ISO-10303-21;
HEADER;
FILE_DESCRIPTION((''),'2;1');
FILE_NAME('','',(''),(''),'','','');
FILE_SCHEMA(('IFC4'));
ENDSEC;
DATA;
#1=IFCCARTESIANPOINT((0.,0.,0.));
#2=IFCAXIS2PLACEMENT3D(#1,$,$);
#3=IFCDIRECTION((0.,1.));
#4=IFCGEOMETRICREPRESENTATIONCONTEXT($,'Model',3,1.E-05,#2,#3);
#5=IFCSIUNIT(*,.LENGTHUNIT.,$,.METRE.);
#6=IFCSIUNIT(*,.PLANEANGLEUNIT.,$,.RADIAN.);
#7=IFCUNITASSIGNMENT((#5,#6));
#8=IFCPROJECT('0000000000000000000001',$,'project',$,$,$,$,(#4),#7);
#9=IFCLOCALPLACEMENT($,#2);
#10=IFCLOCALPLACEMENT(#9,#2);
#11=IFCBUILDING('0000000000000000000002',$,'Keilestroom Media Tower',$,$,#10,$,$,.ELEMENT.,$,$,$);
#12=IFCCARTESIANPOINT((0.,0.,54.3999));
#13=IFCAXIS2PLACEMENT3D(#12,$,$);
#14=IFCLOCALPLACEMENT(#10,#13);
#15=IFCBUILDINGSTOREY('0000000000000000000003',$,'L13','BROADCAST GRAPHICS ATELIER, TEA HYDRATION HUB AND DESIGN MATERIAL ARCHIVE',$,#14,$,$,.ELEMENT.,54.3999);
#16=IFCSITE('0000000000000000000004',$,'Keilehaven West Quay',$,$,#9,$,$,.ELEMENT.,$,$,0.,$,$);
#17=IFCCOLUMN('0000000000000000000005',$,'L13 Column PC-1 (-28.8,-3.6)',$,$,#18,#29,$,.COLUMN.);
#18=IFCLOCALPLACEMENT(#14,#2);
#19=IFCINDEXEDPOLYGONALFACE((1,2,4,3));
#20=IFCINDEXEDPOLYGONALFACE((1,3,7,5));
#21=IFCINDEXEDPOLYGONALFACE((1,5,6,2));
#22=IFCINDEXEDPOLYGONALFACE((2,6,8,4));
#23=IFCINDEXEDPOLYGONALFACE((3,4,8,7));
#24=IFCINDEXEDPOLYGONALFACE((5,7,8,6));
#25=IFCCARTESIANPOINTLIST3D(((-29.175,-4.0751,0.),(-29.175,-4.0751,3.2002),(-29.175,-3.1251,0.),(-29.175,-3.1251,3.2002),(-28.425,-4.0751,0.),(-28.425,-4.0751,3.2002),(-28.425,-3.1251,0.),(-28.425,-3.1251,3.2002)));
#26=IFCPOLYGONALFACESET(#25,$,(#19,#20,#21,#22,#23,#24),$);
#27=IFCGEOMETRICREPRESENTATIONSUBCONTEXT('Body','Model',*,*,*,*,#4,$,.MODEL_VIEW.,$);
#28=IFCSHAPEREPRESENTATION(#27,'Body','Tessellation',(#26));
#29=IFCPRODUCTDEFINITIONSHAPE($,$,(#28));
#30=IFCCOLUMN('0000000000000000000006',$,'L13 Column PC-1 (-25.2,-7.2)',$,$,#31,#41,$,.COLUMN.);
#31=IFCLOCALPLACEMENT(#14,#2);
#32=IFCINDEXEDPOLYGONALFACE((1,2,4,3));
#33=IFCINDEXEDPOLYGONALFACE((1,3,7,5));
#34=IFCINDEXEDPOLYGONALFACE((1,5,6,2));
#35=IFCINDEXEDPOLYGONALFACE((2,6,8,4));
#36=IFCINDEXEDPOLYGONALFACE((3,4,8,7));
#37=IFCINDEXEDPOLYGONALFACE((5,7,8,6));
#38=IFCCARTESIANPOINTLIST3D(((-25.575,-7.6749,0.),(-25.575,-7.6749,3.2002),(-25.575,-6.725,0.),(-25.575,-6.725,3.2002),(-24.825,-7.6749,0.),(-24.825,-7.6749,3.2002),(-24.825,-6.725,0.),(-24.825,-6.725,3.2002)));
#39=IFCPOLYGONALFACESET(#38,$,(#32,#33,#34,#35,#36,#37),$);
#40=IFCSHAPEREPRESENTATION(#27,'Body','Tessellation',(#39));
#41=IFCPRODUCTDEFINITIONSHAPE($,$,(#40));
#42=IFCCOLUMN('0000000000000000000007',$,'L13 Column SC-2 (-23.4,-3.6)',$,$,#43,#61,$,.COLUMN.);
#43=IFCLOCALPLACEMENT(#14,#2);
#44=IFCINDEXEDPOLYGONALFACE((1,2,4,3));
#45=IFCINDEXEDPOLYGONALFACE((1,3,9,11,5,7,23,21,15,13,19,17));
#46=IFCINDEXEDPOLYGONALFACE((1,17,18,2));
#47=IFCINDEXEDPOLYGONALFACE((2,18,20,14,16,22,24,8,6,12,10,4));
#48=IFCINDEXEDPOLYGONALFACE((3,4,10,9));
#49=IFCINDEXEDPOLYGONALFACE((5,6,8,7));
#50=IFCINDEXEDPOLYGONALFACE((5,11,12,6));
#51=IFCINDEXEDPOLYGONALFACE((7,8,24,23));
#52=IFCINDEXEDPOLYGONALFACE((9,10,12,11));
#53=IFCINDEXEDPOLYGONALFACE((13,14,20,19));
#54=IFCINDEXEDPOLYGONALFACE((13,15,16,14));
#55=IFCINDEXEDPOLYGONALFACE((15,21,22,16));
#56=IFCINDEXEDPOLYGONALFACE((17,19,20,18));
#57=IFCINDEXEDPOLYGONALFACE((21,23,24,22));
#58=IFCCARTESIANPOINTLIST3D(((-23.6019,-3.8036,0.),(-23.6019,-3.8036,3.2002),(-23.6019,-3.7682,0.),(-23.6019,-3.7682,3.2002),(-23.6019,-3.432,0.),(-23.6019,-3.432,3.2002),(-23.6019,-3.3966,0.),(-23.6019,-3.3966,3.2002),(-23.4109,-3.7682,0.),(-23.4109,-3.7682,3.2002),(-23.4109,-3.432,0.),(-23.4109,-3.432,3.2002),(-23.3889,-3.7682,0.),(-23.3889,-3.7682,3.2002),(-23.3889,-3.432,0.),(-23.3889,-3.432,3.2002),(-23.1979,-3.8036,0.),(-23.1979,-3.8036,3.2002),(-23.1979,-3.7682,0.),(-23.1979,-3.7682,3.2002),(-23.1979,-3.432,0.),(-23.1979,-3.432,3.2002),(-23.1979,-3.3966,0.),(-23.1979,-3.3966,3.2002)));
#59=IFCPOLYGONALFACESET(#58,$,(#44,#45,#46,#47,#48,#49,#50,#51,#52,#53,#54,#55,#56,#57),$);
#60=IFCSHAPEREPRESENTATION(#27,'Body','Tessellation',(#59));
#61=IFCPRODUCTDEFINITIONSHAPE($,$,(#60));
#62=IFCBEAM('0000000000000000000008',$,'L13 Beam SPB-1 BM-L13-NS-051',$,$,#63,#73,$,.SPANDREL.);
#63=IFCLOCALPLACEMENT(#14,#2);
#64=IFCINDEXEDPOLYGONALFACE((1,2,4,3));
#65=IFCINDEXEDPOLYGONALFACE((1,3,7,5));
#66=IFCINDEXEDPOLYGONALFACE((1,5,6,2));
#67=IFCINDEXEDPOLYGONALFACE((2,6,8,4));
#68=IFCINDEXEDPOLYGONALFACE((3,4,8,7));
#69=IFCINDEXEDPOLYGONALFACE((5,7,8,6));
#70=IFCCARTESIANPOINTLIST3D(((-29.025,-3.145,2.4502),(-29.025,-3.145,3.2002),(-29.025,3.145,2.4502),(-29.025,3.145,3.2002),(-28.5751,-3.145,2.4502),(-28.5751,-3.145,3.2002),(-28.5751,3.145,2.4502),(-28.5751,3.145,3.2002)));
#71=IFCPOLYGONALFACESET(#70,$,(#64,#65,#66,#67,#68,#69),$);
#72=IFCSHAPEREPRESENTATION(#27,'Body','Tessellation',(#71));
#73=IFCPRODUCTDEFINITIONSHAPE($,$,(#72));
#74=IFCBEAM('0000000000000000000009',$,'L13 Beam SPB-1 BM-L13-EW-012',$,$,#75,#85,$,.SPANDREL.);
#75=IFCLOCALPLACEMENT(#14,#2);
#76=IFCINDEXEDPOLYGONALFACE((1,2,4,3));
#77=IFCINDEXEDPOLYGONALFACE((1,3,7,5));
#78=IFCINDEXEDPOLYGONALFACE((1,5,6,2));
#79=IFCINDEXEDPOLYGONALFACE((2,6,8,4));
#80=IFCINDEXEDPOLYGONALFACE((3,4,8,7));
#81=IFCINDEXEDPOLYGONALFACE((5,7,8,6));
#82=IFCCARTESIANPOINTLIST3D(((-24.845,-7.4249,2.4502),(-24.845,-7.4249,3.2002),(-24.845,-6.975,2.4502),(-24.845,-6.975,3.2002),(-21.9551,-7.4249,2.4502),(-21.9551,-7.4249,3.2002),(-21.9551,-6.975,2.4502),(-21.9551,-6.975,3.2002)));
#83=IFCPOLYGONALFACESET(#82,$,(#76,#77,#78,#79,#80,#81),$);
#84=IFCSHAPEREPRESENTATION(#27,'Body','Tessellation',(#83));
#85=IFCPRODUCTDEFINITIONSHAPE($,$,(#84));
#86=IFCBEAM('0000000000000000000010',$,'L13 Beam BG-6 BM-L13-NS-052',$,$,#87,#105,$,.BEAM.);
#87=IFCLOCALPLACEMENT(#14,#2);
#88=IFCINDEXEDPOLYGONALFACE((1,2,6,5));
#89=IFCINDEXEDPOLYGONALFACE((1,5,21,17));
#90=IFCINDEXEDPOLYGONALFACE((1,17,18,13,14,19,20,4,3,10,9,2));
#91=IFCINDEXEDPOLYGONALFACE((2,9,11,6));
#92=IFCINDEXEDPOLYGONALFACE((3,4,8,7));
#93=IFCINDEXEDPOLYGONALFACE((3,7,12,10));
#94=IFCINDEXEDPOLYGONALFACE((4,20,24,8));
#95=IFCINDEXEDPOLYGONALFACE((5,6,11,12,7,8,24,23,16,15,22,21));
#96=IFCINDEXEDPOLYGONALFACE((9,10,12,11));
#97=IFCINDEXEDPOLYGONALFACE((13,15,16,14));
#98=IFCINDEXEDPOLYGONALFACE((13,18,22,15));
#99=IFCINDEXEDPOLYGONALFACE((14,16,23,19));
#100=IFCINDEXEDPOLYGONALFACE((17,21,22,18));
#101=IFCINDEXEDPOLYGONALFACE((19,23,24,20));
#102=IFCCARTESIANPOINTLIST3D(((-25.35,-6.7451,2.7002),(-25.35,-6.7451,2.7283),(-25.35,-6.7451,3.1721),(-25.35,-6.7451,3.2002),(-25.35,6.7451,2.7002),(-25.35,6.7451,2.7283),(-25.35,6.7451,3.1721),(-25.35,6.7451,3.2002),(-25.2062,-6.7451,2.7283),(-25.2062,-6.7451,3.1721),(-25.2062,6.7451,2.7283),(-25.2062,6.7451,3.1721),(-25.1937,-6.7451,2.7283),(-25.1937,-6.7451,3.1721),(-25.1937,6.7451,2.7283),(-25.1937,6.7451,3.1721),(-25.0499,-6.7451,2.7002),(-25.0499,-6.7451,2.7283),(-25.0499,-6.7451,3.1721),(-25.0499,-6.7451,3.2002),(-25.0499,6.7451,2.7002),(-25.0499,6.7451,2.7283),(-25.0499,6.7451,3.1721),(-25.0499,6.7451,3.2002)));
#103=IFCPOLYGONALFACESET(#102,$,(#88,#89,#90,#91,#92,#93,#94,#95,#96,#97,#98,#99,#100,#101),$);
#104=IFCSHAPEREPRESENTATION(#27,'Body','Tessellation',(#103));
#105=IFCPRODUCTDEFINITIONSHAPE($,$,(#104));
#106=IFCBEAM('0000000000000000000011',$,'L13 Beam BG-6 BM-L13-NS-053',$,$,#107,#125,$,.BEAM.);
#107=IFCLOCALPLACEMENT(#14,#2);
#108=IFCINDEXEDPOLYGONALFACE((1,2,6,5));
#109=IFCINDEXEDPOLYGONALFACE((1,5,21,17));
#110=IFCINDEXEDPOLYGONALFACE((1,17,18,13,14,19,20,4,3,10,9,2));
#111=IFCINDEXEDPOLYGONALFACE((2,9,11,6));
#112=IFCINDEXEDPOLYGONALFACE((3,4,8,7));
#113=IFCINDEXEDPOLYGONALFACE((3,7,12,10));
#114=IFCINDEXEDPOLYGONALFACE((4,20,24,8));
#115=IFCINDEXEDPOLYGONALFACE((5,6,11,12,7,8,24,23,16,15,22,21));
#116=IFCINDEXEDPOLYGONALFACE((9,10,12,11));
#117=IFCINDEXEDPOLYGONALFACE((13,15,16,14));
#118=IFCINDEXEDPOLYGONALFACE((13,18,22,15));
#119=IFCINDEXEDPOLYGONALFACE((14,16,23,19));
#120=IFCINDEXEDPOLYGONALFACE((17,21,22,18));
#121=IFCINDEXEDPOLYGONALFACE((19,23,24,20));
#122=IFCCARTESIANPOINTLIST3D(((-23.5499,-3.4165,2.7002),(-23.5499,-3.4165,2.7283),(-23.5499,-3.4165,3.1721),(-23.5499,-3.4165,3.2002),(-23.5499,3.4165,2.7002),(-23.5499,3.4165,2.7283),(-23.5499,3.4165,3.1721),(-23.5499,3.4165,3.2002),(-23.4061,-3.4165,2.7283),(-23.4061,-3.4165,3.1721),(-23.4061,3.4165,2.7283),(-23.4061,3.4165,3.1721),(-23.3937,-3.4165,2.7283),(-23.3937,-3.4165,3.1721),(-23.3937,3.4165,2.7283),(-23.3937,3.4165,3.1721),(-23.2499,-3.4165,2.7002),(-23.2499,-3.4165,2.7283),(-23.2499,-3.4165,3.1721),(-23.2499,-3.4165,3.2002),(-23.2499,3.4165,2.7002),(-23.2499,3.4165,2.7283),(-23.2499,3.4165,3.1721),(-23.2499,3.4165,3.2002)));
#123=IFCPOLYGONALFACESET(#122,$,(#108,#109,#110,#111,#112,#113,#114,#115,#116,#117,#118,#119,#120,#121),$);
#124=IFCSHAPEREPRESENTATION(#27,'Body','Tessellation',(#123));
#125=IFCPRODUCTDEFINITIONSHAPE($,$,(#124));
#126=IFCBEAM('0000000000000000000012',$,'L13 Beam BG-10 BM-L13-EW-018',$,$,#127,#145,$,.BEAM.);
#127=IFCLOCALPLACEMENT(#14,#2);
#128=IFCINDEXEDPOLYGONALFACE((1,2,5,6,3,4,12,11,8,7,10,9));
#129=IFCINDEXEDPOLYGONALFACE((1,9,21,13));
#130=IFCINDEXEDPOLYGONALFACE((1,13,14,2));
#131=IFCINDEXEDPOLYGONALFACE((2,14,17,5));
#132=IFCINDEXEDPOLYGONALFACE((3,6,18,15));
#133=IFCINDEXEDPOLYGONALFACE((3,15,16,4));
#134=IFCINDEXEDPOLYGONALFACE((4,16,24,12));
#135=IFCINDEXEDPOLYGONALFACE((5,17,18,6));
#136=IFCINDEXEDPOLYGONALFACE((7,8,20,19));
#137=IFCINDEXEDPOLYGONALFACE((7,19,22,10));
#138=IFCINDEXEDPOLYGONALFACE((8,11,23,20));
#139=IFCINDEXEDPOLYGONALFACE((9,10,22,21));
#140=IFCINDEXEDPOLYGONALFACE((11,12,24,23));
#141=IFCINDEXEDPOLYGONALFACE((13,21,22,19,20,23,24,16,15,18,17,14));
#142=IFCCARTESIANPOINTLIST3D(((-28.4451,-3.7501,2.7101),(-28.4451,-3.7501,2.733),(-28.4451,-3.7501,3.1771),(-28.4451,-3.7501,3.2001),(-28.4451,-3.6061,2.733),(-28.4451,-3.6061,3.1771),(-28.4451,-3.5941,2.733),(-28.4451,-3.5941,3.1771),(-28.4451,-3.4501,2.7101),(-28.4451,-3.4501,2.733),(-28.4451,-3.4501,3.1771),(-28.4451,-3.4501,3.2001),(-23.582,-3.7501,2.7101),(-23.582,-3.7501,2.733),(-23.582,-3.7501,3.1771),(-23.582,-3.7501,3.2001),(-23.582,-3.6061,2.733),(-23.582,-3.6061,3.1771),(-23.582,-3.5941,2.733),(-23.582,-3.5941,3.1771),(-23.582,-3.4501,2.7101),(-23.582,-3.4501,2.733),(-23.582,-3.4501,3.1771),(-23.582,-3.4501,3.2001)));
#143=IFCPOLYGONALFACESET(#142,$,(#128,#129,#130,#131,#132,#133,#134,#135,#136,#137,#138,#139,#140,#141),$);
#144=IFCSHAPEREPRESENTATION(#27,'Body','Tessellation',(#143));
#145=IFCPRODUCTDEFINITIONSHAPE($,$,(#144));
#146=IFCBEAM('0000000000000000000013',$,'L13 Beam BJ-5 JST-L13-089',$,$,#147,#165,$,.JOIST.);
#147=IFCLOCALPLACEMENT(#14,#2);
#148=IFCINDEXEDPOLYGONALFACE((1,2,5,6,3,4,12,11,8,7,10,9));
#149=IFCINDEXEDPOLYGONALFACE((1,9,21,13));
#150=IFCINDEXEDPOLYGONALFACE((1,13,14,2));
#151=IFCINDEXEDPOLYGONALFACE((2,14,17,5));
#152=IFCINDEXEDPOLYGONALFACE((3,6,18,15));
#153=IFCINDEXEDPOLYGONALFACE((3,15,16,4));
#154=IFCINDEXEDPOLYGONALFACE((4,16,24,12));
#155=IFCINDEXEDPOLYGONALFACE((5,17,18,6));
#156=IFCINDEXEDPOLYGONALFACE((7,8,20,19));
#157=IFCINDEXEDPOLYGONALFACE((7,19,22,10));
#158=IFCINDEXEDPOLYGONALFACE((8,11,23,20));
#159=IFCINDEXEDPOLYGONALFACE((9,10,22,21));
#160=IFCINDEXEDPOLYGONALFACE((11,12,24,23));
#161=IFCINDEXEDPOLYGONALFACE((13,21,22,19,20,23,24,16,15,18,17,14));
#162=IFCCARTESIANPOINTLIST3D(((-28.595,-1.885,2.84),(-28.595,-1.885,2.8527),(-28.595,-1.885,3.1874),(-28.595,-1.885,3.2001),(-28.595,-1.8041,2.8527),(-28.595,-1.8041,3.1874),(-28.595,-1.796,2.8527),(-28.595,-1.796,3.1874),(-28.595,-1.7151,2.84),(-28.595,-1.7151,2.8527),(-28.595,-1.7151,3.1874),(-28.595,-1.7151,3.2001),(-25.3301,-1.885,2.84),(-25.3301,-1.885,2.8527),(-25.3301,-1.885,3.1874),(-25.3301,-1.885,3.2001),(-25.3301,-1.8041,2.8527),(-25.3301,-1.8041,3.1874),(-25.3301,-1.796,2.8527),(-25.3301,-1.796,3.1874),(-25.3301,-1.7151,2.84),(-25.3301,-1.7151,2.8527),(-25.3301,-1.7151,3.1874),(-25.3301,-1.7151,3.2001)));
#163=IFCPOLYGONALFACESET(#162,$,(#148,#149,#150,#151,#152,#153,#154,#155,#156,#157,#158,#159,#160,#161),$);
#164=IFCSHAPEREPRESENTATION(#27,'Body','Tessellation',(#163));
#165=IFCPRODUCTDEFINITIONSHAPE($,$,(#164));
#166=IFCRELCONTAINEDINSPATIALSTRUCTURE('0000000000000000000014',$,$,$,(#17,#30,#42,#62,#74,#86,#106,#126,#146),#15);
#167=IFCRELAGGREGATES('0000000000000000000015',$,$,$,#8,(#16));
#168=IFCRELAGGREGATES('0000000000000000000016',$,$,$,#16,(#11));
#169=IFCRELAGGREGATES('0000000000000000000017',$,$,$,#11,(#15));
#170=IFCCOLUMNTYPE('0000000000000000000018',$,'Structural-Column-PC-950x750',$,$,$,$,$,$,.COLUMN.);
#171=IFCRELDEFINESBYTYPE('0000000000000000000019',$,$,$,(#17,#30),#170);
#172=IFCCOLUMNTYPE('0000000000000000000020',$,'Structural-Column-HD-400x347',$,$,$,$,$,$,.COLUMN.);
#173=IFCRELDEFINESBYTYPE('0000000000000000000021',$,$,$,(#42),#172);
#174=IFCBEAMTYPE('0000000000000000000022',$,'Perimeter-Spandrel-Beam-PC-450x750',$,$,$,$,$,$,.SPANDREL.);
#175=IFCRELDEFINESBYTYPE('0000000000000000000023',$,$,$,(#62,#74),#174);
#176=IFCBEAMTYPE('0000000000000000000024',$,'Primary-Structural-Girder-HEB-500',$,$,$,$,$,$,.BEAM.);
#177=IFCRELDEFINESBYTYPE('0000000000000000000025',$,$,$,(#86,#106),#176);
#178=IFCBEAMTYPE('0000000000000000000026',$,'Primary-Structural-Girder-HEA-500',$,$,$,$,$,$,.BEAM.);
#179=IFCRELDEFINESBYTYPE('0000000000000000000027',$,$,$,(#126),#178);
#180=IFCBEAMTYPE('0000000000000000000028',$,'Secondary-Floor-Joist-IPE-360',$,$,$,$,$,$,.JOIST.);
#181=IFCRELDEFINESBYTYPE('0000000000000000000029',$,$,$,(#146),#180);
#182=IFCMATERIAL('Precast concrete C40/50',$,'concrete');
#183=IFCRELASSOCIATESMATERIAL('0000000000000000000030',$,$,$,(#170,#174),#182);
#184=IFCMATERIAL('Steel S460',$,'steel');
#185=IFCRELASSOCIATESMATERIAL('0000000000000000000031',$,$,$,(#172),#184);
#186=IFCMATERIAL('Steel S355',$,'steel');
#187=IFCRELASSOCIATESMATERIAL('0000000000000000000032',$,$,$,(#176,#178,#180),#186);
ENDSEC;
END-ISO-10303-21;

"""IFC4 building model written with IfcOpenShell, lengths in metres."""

from ifc_helpers import new_model, si_unit, direction, frame, origin, origin_2d, place, context, subcontext, project, spatial, rectangle, i_section, extrude, source, transform, mapped, material, material_profile, profile_set, type_object, element, save


model = new_model("IFC4")

# Units and contexts
model_context = context("Model", 3, precision=1e-05, world=origin(), true_north=direction((0.0, 1.0)))
body_context = subcontext(model_context, "Body", "Model", "MODEL_VIEW")
ifc_project = project(units=[si_unit("LENGTHUNIT", "METRE"), si_unit("PLANEANGLEUNIT", "RADIAN")], contexts=[model_context])

# Site, building, storey
site_placement = place(None, origin())
site = spatial("IfcSite", under=ifc_project, at=site_placement, Name="Keilehaven West Quay", CompositionType="ELEMENT", RefElevation=0.0)
building_placement = place(site_placement, origin())
building = spatial("IfcBuilding", under=site, at=building_placement, Name="Keilestroom Media Tower", CompositionType="ELEMENT")
storey_placement = place(building_placement, frame((0.0, 0.0, 54.3999)))
storey = spatial("IfcBuildingStorey", under=building, at=storey_placement, Name="L13", Description="BROADCAST GRAPHICS ATELIER, TEA HYDRATION HUB AND DESIGN MATERIAL ARCHIVE", CompositionType="ELEMENT", Elevation=54.3999)

# Columns
ifc_material_1 = material(Name="Precast concrete C40/50", Category="concrete")
ifc_material_profile_1 = material_profile(ifc_material_1, rectangle(XDim=0.75, YDim=0.95, at=origin_2d()), Name="PC 950x750")
ifc_profile_set_1 = profile_set([ifc_material_profile_1], Name="Precast concrete C40/50")
column_type_1 = type_object("IfcColumnType", Name="Structural-Column-PC-950x750", PredefinedType="COLUMN", material=ifc_profile_set_1)
shared_shape_1 = source(origin(), body_context, "Body", "SweptSolid", [
    extrude(rectangle(XDim=0.75, YDim=0.95, at=origin_2d()), origin(), (0.0, 0.0, 1.0), 3.2002),
])
for number, where, z_axis, x_axis, name in (
    (1, (-28.8, -3.6001, 0.0), (0.0, 0.0, 1.0), (1.0, 0.0, 0.0), "L13 Column PC-1 (-28.8,-3.6)"),
    (2, (-25.2, -7.2, 0.0), (0.0, 0.0, 1.0), (1.0, 0.0, 0.0), "L13 Column PC-1 (-25.2,-7.2)"),
):
    element("IfcColumn", number, at=place(storey_placement, frame(where, z_axis=z_axis, x_axis=x_axis)), inside=storey, type_object=column_type_1, Name=name, PredefinedType="COLUMN", context=body_context, shape_type="MappedRepresentation", body=[
        mapped(shared_shape_1, transform((0.0, 0.0, 0.0), x_axis=(1.0, 0.0, 0.0), y_axis=(0.0, 1.0, 0.0), z_axis=(0.0, 0.0, 1.0), scale=1.0)),
    ])
ifc_material_2 = material(Name="Steel S460", Category="steel")
ifc_material_profile_2 = material_profile(ifc_material_2, i_section(OverallWidth=0.4041, OverallDepth=0.407, WebThickness=0.022, FlangeThickness=0.0354, at=origin_2d()), Name="HD 400x347")
ifc_profile_set_2 = profile_set([ifc_material_profile_2], Name="Steel S460")
column_type_2 = type_object("IfcColumnType", Name="Structural-Column-HD-400x347", PredefinedType="COLUMN", material=ifc_profile_set_2)
shared_shape_2 = source(origin(), body_context, "Body", "SweptSolid", [
    extrude(i_section(OverallWidth=0.4041, OverallDepth=0.407, WebThickness=0.022, FlangeThickness=0.0354, at=origin_2d()), origin(), (0.0, 0.0, 1.0), 3.2002),
])
column_placement = place(storey_placement, frame((-23.3999, -3.6001, 0.0), z_axis=(0.0, 0.0, 1.0), x_axis=(1.0, 0.0, 0.0)))
element("IfcColumn", 3, at=column_placement, inside=storey, type_object=column_type_2, Name="L13 Column SC-2 (-23.4,-3.6)", PredefinedType="COLUMN", context=body_context, shape_type="MappedRepresentation", body=[
    mapped(shared_shape_2, transform((0.0, 0.0, 0.0), x_axis=(1.0, 0.0, 0.0), y_axis=(0.0, 1.0, 0.0), z_axis=(0.0, 0.0, 1.0), scale=1.0)),
])

# Beams
ifc_material_profile_3 = material_profile(ifc_material_1, rectangle(XDim=0.45, YDim=0.75, at=origin_2d()), Name="PC 450x750")
ifc_profile_set_3 = profile_set([ifc_material_profile_3], Name="Precast concrete C40/50")
beam_type_1 = type_object("IfcBeamType", Name="Perimeter-Spandrel-Beam-PC-450x750", PredefinedType="SPANDREL", material=ifc_profile_set_3)
shared_shape_3 = source(origin(), body_context, "Body", "SweptSolid", [
    extrude(rectangle(XDim=0.45, YDim=0.75, at=origin_2d()), origin(), (0.0, 0.0, 1.0), 6.29),
])
beam_1_placement = place(storey_placement, frame((-28.8, -3.145, 2.8252), z_axis=(0.0, 1.0, 0.0), x_axis=(-1.0, 0.0, 0.0)))
element("IfcBeam", 4, at=beam_1_placement, inside=storey, type_object=beam_type_1, Name="L13 Beam SPB-1 BM-L13-NS-051", PredefinedType="SPANDREL", context=body_context, shape_type="MappedRepresentation", body=[
    mapped(shared_shape_3, transform((0.0, 0.0, 0.0), x_axis=(1.0, 0.0, 0.0), y_axis=(0.0, 1.0, 0.0), z_axis=(0.0, 0.0, 1.0), scale=1.0)),
])
shared_shape_4 = source(origin(), body_context, "Body", "SweptSolid", [
    extrude(rectangle(XDim=0.45, YDim=0.75, at=origin_2d()), origin(), (0.0, 0.0, 1.0), 2.8899),
])
beam_2_placement = place(storey_placement, frame((-24.845, -7.2, 2.8252), z_axis=(1.0, 0.0, 0.0), x_axis=(0.0, 1.0, 0.0)))
element("IfcBeam", 5, at=beam_2_placement, inside=storey, type_object=beam_type_1, Name="L13 Beam SPB-1 BM-L13-EW-012", PredefinedType="SPANDREL", context=body_context, shape_type="MappedRepresentation", body=[
    mapped(shared_shape_4, transform((0.0, 0.0, 0.0), x_axis=(1.0, 0.0, 0.0), y_axis=(0.0, 1.0, 0.0), z_axis=(0.0, 0.0, 1.0), scale=1.0)),
])
ifc_material_3 = material(Name="Steel S355", Category="steel")
ifc_material_profile_4 = material_profile(ifc_material_3, i_section(OverallWidth=0.3, OverallDepth=0.5, WebThickness=0.0125, FlangeThickness=0.0281, at=origin_2d()), Name="HEB 500")
ifc_profile_set_4 = profile_set([ifc_material_profile_4], Name="Steel S355")
beam_type_2 = type_object("IfcBeamType", Name="Primary-Structural-Girder-HEB-500", PredefinedType="BEAM", material=ifc_profile_set_4)
shared_shape_5 = source(origin(), body_context, "Body", "SweptSolid", [
    extrude(i_section(OverallWidth=0.3, OverallDepth=0.5, WebThickness=0.0125, FlangeThickness=0.0281, at=origin_2d()), origin(), (0.0, 0.0, 1.0), 13.4902),
])
beam_3_placement = place(storey_placement, frame((-25.2, -6.7451, 2.9502), z_axis=(0.0, 1.0, 0.0), x_axis=(-1.0, 0.0, 0.0)))
element("IfcBeam", 6, at=beam_3_placement, inside=storey, type_object=beam_type_2, Name="L13 Beam BG-6 BM-L13-NS-052", PredefinedType="BEAM", context=body_context, shape_type="MappedRepresentation", body=[
    mapped(shared_shape_5, transform((0.0, 0.0, 0.0), x_axis=(1.0, 0.0, 0.0), y_axis=(0.0, 1.0, 0.0), z_axis=(0.0, 0.0, 1.0), scale=1.0)),
])
shared_shape_6 = source(origin(), body_context, "Body", "SweptSolid", [
    extrude(i_section(OverallWidth=0.3, OverallDepth=0.5, WebThickness=0.0125, FlangeThickness=0.0281, at=origin_2d()), origin(), (0.0, 0.0, 1.0), 6.833),
])
beam_4_placement = place(storey_placement, frame((-23.3999, -3.4165, 2.9502), z_axis=(0.0, 1.0, 0.0), x_axis=(-1.0, 0.0, 0.0)))
element("IfcBeam", 7, at=beam_4_placement, inside=storey, type_object=beam_type_2, Name="L13 Beam BG-6 BM-L13-NS-053", PredefinedType="BEAM", context=body_context, shape_type="MappedRepresentation", body=[
    mapped(shared_shape_6, transform((0.0, 0.0, 0.0), x_axis=(1.0, 0.0, 0.0), y_axis=(0.0, 1.0, 0.0), z_axis=(0.0, 0.0, 1.0), scale=1.0)),
])
ifc_material_profile_5 = material_profile(ifc_material_3, i_section(OverallWidth=0.3, OverallDepth=0.49, WebThickness=0.012, FlangeThickness=0.0229, at=origin_2d()), Name="HEA 500")
ifc_profile_set_5 = profile_set([ifc_material_profile_5], Name="Steel S355")
beam_type_3 = type_object("IfcBeamType", Name="Primary-Structural-Girder-HEA-500", PredefinedType="BEAM", material=ifc_profile_set_5)
shared_shape_7 = source(origin(), body_context, "Body", "SweptSolid", [
    extrude(i_section(OverallWidth=0.3, OverallDepth=0.49, WebThickness=0.012, FlangeThickness=0.0229, at=origin_2d()), origin(), (0.0, 0.0, 1.0), 4.863),
])
beam_5_placement = place(storey_placement, frame((-28.4451, -3.6001, 2.9551), z_axis=(1.0, 0.0, 0.0), x_axis=(0.0, 1.0, 0.0)))
element("IfcBeam", 8, at=beam_5_placement, inside=storey, type_object=beam_type_3, Name="L13 Beam BG-10 BM-L13-EW-018", PredefinedType="BEAM", context=body_context, shape_type="MappedRepresentation", body=[
    mapped(shared_shape_7, transform((0.0, 0.0, 0.0), x_axis=(1.0, 0.0, 0.0), y_axis=(0.0, 1.0, 0.0), z_axis=(0.0, 0.0, 1.0), scale=1.0)),
])
ifc_material_profile_6 = material_profile(ifc_material_3, i_section(OverallWidth=0.1699, OverallDepth=0.3601, WebThickness=0.0081, FlangeThickness=0.0127, at=origin_2d()), Name="IPE 360")
ifc_profile_set_6 = profile_set([ifc_material_profile_6], Name="Steel S355")
beam_type_4 = type_object("IfcBeamType", Name="Secondary-Floor-Joist-IPE-360", PredefinedType="JOIST", material=ifc_profile_set_6)
shared_shape_8 = source(origin(), body_context, "Body", "SweptSolid", [
    extrude(i_section(OverallWidth=0.1699, OverallDepth=0.3601, WebThickness=0.0081, FlangeThickness=0.0127, at=origin_2d()), origin(), (0.0, 0.0, 1.0), 3.2649),
])
beam_6_placement = place(storey_placement, frame((-28.595, -1.8, 3.02), z_axis=(1.0, 0.0, 0.0), x_axis=(0.0, 1.0, 0.0)))
element("IfcBeam", 9, at=beam_6_placement, inside=storey, type_object=beam_type_4, Name="L13 Beam BJ-5 JST-L13-089", PredefinedType="JOIST", context=body_context, shape_type="MappedRepresentation", body=[
    mapped(shared_shape_8, transform((0.0, 0.0, 0.0), x_axis=(1.0, 0.0, 0.0), y_axis=(0.0, 1.0, 0.0), z_axis=(0.0, 0.0, 1.0), scale=1.0)),
])

save(model, "model.ifc")
